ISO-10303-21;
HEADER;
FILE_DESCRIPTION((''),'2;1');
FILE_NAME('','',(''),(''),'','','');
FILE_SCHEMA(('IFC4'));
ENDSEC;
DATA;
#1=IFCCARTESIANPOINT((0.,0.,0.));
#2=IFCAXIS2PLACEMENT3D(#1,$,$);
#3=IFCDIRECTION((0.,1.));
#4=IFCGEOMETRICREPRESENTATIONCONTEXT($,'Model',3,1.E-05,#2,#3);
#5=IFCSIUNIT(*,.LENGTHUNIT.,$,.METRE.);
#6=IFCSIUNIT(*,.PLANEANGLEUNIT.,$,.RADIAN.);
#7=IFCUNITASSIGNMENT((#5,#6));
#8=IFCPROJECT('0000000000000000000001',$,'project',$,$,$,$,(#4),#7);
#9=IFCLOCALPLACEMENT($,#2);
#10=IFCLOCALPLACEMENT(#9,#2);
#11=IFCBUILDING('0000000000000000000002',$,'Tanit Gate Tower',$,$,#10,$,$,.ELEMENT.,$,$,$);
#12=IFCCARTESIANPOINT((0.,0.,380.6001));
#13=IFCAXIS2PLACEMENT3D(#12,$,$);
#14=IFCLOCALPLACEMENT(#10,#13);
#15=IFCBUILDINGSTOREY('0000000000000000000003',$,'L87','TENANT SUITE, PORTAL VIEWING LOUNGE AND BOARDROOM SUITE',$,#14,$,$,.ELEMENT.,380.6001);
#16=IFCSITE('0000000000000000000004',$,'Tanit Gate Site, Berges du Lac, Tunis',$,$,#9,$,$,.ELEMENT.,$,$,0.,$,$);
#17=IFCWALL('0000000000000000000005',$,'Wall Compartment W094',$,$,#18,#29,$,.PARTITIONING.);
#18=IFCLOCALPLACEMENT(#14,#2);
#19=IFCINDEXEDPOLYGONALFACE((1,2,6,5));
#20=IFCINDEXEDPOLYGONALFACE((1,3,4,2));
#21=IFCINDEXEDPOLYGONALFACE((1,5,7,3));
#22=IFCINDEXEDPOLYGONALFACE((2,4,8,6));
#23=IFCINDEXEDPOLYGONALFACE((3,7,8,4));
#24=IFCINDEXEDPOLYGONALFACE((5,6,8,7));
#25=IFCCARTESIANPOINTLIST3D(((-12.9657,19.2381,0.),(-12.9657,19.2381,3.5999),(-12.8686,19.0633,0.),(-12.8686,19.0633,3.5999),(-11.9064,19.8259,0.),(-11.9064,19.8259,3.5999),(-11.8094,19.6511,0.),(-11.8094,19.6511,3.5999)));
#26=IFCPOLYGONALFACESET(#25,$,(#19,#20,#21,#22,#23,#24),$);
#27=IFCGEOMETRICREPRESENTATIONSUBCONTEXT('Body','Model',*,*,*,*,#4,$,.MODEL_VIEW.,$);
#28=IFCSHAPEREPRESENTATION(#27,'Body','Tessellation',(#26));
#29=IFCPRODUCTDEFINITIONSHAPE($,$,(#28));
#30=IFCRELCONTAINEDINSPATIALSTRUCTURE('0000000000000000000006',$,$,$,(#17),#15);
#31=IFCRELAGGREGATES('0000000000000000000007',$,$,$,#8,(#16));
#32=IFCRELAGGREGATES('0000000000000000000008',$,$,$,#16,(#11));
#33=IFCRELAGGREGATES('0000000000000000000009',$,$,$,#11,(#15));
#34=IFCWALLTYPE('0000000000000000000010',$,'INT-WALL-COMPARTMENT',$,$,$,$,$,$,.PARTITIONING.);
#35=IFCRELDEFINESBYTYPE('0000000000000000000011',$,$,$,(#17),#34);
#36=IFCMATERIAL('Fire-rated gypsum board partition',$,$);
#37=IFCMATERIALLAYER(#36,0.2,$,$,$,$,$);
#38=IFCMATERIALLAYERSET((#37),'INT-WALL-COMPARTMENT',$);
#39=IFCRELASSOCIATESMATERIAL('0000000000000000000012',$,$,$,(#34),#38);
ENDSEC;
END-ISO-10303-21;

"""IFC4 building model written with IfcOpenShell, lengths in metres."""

from ifc_helpers import new_model, si_unit, direction, frame, frame_2d, origin, place, context, subcontext, project, spatial, rectangle, extrude, material, layer, layer_set, type_object, element, save


model = new_model("IFC4")

# Units and contexts
model_context = context("Model", 3, precision=1e-05, world=origin(), true_north=direction((0.0, 1.0)))
body_context = subcontext(model_context, "Body", "Model", "MODEL_VIEW")
ifc_project = project(units=[si_unit("LENGTHUNIT", "METRE"), si_unit("PLANEANGLEUNIT", "RADIAN")], contexts=[model_context])

# Site, building, storey
site_placement = place(None, origin())
site = spatial("IfcSite", under=ifc_project, at=site_placement, Name="Tanit Gate Site, Berges du Lac, Tunis", CompositionType="ELEMENT", RefElevation=0.0)
building_placement = place(site_placement, origin())
building = spatial("IfcBuilding", under=site, at=building_placement, Name="Tanit Gate Tower", CompositionType="ELEMENT")
storey_placement = place(building_placement, frame((0.0, 0.0, 380.6001)))
storey = spatial("IfcBuildingStorey", under=building, at=storey_placement, Name="L87", Description="TENANT SUITE, PORTAL VIEWING LOUNGE AND BOARDROOM SUITE", CompositionType="ELEMENT", Elevation=380.6001)

# Shared definitions
ifc_material_1 = material(Name="Fire-rated gypsum board partition")
ifc_layer_1 = layer(ifc_material_1, 0.2)
ifc_layer_set_1 = layer_set([ifc_layer_1], Name="INT-WALL-COMPARTMENT")
wall_type_1 = type_object("IfcWallType", Name="INT-WALL-COMPARTMENT", PredefinedType="PARTITIONING", material=ifc_layer_set_1)

# Wall
wall_1_placement = place(storey_placement, frame((-11.8579, 19.7385, 0.0), z_axis=(0.0, 0.0, 1.0), x_axis=(-0.874376, -0.485249, 0.0)))
element("IfcWall", 1, at=wall_1_placement, inside=storey, type_object=wall_type_1, Name="Wall Compartment W094", PredefinedType="PARTITIONING", context=body_context, shape_type="SweptSolid", body=[
    extrude(rectangle(XDim=1.2114, YDim=0.2, at=frame_2d((0.6057, 0.0))), origin(), (0.0, 0.0, 1.0), 3.5999),
])

save(model, "model.ifc")
